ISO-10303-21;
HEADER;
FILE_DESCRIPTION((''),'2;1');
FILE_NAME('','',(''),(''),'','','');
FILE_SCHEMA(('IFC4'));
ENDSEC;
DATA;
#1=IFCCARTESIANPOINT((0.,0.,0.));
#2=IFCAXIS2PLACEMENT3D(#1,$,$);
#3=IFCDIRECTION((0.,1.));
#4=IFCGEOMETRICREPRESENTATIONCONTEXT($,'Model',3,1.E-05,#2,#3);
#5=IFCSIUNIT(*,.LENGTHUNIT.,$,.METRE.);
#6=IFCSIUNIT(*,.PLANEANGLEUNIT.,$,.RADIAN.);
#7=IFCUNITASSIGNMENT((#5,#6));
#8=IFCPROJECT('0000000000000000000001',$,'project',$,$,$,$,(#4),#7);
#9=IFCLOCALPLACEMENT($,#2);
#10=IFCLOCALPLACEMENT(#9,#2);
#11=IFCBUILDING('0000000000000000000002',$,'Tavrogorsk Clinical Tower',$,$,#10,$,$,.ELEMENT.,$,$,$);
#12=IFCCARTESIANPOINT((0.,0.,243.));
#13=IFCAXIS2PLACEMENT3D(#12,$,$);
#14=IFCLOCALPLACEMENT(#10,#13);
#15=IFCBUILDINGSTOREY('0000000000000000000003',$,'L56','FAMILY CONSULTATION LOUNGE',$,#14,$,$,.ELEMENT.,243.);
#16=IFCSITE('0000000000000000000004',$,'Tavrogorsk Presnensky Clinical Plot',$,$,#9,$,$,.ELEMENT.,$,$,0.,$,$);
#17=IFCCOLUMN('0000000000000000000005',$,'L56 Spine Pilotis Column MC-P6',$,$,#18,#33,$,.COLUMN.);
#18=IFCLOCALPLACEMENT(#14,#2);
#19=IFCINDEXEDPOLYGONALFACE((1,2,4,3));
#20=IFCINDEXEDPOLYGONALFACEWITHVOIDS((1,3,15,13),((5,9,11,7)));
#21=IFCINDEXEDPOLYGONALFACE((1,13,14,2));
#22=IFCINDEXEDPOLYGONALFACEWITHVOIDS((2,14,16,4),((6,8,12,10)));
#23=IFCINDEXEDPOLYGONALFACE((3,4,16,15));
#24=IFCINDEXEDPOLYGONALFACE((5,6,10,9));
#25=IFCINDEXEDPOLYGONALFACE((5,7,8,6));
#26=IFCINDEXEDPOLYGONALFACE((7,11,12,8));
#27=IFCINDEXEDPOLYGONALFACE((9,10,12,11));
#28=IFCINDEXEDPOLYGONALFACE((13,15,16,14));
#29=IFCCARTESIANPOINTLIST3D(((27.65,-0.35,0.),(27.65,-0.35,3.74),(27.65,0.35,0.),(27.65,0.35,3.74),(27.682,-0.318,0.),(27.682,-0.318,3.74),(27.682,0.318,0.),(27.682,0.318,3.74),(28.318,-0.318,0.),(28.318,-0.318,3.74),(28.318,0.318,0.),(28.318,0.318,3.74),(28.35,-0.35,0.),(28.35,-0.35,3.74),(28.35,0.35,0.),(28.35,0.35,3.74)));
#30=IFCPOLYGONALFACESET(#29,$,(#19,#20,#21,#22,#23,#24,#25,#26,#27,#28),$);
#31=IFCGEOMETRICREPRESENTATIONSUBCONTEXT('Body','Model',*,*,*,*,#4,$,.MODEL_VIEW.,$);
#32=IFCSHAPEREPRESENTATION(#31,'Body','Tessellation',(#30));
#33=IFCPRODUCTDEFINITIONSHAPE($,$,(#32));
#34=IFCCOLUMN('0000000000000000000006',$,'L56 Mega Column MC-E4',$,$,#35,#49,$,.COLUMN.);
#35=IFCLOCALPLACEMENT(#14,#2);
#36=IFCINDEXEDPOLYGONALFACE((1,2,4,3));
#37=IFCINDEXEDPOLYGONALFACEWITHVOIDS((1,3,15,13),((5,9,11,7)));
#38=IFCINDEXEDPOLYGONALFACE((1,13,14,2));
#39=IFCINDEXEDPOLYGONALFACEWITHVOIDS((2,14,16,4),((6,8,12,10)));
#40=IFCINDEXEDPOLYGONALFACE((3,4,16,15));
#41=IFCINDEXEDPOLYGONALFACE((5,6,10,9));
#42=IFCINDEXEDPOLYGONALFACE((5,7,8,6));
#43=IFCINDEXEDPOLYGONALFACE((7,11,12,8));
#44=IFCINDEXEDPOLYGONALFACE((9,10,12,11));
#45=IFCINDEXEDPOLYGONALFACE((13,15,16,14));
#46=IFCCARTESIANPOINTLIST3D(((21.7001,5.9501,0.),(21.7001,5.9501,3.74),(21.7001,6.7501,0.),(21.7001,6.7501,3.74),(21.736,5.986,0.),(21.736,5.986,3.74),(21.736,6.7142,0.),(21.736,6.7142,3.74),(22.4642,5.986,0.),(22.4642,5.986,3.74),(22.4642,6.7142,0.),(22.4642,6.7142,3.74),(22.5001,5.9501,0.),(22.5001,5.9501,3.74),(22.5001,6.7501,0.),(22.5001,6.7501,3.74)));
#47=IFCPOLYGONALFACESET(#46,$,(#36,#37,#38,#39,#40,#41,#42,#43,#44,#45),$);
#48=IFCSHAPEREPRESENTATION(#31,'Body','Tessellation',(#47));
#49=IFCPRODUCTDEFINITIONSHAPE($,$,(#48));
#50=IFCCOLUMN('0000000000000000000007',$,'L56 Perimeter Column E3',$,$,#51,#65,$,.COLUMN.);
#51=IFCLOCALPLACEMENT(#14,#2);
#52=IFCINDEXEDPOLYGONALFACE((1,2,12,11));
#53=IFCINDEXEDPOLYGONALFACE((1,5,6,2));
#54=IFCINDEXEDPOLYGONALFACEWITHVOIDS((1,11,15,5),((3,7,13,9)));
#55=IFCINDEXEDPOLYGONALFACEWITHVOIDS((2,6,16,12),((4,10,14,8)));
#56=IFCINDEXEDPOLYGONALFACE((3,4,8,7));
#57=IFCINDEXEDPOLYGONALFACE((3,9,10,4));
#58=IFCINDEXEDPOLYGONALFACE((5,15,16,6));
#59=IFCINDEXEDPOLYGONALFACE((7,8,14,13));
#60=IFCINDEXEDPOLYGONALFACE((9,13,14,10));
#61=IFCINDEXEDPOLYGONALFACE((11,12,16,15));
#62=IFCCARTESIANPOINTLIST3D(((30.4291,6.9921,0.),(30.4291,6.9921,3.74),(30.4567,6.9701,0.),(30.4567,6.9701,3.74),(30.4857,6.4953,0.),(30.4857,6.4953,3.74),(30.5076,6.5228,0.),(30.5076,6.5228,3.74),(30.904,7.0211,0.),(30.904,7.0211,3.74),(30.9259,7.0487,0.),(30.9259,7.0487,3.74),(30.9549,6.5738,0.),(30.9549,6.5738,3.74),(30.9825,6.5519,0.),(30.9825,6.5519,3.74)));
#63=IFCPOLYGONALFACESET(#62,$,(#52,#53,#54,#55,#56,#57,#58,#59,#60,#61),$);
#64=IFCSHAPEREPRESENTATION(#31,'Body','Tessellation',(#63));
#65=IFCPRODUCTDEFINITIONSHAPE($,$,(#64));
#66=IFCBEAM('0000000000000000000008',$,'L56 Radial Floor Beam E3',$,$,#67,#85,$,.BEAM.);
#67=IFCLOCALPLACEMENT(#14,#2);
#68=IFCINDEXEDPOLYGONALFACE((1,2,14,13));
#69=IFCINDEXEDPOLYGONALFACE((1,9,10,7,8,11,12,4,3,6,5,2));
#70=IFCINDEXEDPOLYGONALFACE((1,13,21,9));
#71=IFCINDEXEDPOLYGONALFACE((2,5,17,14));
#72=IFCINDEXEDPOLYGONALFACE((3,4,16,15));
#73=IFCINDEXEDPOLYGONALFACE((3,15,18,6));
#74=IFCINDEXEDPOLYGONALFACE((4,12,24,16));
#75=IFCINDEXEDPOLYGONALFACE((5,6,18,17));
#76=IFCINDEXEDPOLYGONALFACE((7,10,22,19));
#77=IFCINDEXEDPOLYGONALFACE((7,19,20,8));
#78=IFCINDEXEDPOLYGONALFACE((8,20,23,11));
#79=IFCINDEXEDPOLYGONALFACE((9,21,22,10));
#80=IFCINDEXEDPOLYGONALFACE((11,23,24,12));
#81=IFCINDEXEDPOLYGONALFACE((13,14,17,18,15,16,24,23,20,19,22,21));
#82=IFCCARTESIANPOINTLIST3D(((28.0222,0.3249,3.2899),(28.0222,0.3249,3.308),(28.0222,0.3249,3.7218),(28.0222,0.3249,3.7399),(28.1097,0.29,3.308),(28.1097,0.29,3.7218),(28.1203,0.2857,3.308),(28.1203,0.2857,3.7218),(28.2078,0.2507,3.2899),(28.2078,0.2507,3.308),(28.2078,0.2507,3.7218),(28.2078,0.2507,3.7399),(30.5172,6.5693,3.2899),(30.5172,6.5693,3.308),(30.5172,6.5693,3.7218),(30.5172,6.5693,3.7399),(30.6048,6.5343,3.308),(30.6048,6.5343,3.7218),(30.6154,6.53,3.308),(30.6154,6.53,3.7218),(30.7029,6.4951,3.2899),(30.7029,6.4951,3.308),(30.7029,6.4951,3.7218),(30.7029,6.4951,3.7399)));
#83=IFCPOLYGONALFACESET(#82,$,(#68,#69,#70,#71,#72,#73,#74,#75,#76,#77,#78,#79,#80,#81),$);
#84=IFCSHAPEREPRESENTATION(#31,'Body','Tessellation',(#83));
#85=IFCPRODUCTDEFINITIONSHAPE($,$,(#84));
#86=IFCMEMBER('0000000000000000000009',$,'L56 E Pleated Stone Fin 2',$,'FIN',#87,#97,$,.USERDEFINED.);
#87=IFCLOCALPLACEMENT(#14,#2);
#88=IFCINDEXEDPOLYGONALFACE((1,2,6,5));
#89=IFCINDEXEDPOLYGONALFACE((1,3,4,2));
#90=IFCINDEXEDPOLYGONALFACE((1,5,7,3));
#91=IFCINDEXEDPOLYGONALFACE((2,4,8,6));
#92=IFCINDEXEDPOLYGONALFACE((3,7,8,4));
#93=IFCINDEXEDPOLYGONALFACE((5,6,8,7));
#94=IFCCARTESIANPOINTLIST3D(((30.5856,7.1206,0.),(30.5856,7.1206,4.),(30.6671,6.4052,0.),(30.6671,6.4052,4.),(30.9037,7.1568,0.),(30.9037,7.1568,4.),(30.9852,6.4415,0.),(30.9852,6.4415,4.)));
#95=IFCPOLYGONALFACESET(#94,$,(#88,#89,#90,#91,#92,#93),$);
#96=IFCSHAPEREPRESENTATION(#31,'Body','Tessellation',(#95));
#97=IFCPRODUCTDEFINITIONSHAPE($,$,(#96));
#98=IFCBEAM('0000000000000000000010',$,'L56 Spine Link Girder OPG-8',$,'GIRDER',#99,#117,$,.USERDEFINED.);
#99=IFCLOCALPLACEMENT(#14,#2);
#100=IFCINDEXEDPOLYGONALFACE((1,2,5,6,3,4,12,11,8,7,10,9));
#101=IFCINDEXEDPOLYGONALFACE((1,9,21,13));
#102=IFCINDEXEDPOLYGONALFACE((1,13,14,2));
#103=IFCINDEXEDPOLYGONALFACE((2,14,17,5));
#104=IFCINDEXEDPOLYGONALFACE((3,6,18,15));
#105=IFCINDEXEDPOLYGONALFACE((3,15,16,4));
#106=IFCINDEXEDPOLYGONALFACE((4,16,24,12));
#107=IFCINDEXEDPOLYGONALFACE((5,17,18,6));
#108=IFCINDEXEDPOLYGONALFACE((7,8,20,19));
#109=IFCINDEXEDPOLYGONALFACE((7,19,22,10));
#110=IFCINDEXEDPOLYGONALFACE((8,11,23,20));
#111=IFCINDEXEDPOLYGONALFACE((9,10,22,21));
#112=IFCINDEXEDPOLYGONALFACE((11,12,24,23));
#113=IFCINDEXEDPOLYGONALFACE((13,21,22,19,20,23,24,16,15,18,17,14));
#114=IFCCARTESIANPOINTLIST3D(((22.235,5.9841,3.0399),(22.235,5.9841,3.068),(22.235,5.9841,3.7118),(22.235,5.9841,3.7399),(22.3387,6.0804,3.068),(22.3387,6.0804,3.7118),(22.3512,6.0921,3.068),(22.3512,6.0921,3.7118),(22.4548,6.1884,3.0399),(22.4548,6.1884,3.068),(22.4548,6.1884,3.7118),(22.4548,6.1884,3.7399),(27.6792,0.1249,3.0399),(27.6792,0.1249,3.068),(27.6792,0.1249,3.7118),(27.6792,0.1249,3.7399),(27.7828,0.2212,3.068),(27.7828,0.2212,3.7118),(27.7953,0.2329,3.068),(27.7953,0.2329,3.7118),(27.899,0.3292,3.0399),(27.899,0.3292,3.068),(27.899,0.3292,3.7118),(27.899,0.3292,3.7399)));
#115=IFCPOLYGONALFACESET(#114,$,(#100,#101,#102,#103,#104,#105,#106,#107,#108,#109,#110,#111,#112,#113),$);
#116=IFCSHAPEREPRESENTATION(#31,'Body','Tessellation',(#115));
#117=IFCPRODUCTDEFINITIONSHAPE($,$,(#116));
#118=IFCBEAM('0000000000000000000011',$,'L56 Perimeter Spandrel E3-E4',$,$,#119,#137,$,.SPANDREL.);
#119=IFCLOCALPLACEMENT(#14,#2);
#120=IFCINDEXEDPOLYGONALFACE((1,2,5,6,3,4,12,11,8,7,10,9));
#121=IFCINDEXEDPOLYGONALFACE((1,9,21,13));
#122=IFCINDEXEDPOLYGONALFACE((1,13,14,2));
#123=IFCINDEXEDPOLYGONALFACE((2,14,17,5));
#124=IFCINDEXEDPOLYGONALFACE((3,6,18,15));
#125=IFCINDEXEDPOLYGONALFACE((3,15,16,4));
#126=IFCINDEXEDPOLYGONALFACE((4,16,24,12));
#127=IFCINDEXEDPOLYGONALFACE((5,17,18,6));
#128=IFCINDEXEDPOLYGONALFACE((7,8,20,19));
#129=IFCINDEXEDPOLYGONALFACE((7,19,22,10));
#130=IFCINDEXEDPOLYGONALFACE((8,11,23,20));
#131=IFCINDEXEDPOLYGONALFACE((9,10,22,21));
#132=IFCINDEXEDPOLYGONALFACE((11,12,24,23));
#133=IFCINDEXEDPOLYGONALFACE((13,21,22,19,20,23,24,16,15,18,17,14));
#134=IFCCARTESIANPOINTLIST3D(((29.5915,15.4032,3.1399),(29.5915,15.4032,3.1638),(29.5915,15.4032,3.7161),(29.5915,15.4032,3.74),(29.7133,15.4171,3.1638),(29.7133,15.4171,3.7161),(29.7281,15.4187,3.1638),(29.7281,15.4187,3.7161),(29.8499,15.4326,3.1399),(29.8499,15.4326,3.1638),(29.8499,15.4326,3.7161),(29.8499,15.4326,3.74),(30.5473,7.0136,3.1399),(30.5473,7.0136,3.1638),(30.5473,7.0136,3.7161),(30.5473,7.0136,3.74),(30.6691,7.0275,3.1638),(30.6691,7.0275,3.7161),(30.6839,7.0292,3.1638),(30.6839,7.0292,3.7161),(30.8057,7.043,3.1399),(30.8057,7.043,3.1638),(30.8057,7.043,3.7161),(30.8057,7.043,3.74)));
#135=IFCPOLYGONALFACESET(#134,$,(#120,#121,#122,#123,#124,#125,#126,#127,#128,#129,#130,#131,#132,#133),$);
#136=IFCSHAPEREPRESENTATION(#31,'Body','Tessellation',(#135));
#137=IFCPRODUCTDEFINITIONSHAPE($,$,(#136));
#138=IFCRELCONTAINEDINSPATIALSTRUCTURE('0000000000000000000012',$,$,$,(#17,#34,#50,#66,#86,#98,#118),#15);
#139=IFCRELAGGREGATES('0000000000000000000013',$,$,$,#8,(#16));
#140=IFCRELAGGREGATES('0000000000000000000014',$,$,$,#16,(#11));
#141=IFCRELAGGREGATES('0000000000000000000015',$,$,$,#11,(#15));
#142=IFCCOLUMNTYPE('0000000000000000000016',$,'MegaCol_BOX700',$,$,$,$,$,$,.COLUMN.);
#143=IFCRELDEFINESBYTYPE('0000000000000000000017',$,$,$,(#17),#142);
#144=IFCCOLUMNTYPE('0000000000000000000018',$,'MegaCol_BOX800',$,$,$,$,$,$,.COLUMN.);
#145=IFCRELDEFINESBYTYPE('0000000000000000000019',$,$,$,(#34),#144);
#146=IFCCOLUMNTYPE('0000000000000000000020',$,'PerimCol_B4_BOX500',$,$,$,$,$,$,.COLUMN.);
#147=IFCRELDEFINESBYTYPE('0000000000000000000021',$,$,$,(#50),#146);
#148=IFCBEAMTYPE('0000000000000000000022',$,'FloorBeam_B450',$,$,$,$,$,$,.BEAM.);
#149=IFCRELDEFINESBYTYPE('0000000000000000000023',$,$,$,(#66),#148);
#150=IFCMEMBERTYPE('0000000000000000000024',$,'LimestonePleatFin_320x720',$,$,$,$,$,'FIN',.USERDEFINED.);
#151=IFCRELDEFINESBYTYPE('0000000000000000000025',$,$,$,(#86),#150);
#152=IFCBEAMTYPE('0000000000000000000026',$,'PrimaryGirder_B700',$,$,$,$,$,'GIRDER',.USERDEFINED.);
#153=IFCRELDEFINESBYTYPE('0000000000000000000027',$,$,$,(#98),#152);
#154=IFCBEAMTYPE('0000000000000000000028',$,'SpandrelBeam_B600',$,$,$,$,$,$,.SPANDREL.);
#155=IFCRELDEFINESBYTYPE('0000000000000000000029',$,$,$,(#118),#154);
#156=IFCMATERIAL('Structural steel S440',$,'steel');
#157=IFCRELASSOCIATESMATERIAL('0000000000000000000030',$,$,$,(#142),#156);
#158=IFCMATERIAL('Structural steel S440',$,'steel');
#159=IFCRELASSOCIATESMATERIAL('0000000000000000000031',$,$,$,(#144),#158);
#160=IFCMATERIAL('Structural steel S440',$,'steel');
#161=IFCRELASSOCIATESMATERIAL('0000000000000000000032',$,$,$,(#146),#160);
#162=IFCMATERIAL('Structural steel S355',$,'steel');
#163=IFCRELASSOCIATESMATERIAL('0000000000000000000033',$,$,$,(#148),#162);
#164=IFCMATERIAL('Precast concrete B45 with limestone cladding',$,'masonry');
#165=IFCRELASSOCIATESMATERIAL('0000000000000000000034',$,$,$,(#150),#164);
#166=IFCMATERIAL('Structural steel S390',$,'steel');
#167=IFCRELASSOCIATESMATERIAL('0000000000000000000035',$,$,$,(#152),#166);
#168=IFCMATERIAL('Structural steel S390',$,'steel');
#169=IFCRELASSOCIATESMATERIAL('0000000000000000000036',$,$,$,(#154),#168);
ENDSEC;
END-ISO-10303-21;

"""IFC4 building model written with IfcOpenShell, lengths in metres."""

from ifc_helpers import new_model, si_unit, direction, frame, origin, origin_2d, place, context, subcontext, project, spatial, rectangle, hollow_rectangle, i_section, extrude, material, material_profile, profile_set, type_object, element, save


model = new_model("IFC4")

# Units and contexts
model_context = context("Model", 3, precision=1e-05, world=origin(), true_north=direction((0.0, 1.0)))
body_context = subcontext(model_context, "Body", "Model", "MODEL_VIEW")
ifc_project = project(units=[si_unit("LENGTHUNIT", "METRE"), si_unit("PLANEANGLEUNIT", "RADIAN")], contexts=[model_context])

# Site, building, storey
site_placement = place(None, origin())
site = spatial("IfcSite", under=ifc_project, at=site_placement, Name="Tavrogorsk Presnensky Clinical Plot", CompositionType="ELEMENT", RefElevation=0.0)
building_placement = place(site_placement, origin())
building = spatial("IfcBuilding", under=site, at=building_placement, Name="Tavrogorsk Clinical Tower", CompositionType="ELEMENT")
storey_placement = place(building_placement, frame((0.0, 0.0, 243.0)))
storey = spatial("IfcBuildingStorey", under=building, at=storey_placement, Name="L56", Description="FAMILY CONSULTATION LOUNGE", CompositionType="ELEMENT", Elevation=243.0)

# Columns
ifc_material_1 = material(Name="Structural steel S440", Category="steel")
ifc_material_profile_1 = material_profile(ifc_material_1, hollow_rectangle(XDim=0.7, YDim=0.7, WallThickness=0.032, at=origin_2d()), Name="BOX-700x700x32")
ifc_profile_set_1 = profile_set([ifc_material_profile_1], Name="Structural steel S440")
column_type_1 = type_object("IfcColumnType", Name="MegaCol_BOX700", PredefinedType="COLUMN", material=ifc_profile_set_1)
column_1_placement = place(storey_placement, frame((28.0, 0.0, 0.0), z_axis=(0.0, 0.0, 1.0), x_axis=(1.0, 0.0, 0.0)))
element("IfcColumn", 1, at=column_1_placement, inside=storey, type_object=column_type_1, Name="L56 Spine Pilotis Column MC-P6", PredefinedType="COLUMN", context=body_context, shape_type="SweptSolid", body=[
    extrude(hollow_rectangle(XDim=0.7, YDim=0.7, WallThickness=0.032, at=origin_2d()), origin(), (0.0, 0.0, 1.0), 3.74),
])
ifc_material_2 = material(Name="Structural steel S440", Category="steel")
ifc_material_profile_2 = material_profile(ifc_material_2, hollow_rectangle(XDim=0.8, YDim=0.8, WallThickness=0.0359, at=origin_2d()), Name="BOX-800x800x36")
ifc_profile_set_2 = profile_set([ifc_material_profile_2], Name="Structural steel S440")
column_type_2 = type_object("IfcColumnType", Name="MegaCol_BOX800", PredefinedType="COLUMN", material=ifc_profile_set_2)
column_2_placement = place(storey_placement, frame((22.1001, 6.3501, 0.0), z_axis=(0.0, 0.0, 1.0), x_axis=(1.0, 0.0, 0.0)))
element("IfcColumn", 2, at=column_2_placement, inside=storey, type_object=column_type_2, Name="L56 Mega Column MC-E4", PredefinedType="COLUMN", context=body_context, shape_type="SweptSolid", body=[
    extrude(hollow_rectangle(XDim=0.8, YDim=0.8, WallThickness=0.0359, at=origin_2d()), origin(), (0.0, 0.0, 1.0), 3.74),
])
ifc_material_3 = material(Name="Structural steel S440", Category="steel")
ifc_material_profile_3 = material_profile(ifc_material_3, hollow_rectangle(XDim=0.5, YDim=0.5, WallThickness=0.0249, at=origin_2d()), Name="BOX-500x500x25")
ifc_profile_set_3 = profile_set([ifc_material_profile_3], Name="Structural steel S440")
column_type_3 = type_object("IfcColumnType", Name="PerimCol_B4_BOX500", PredefinedType="COLUMN", material=ifc_profile_set_3)
column_3_placement = place(storey_placement, frame((30.7058, 6.772, 0.0), z_axis=(0.0, 0.0, 1.0), x_axis=(0.993572, 0.113203, 0.0)))
element("IfcColumn", 3, at=column_3_placement, inside=storey, type_object=column_type_3, Name="L56 Perimeter Column E3", PredefinedType="COLUMN", context=body_context, shape_type="SweptSolid", body=[
    extrude(hollow_rectangle(XDim=0.5, YDim=0.5, WallThickness=0.0249, at=origin_2d()), origin(), (0.0, 0.0, 1.0), 3.74),
])

# Beam
ifc_material_4 = material(Name="Structural steel S355", Category="steel")
ifc_material_profile_4 = material_profile(ifc_material_4, i_section(OverallWidth=0.2, OverallDepth=0.45, WebThickness=0.0115, FlangeThickness=0.0181, at=origin_2d()), Name="B-450x200x11.5x18")
ifc_profile_set_4 = profile_set([ifc_material_profile_4], Name="Structural steel S355")
beam_type_1 = type_object("IfcBeamType", Name="FloorBeam_B450", PredefinedType="BEAM", material=ifc_profile_set_4)
beam_1_placement = place(storey_placement, frame((28.115, 0.2878, 3.5149), z_axis=(0.371053, 0.928612, 0.0), x_axis=(-0.928612, 0.371053, 0.0)))
element("IfcBeam", 4, at=beam_1_placement, inside=storey, type_object=beam_type_1, Name="L56 Radial Floor Beam E3", PredefinedType="BEAM", context=body_context, shape_type="SweptSolid", body=[
    extrude(i_section(OverallWidth=0.2, OverallDepth=0.45, WebThickness=0.0115, FlangeThickness=0.0181, at=origin_2d()), origin(), (0.0, 0.0, 1.0), 6.7244),
])

# Member
ifc_material_5 = material(Name="Precast concrete B45 with limestone cladding", Category="masonry")
ifc_material_profile_5 = material_profile(ifc_material_5, rectangle(XDim=0.3201, YDim=0.72, at=origin_2d()), Name="LIMESTONE-FIN-320x720")
ifc_profile_set_5 = profile_set([ifc_material_profile_5], Name="Precast concrete B45 with limestone cladding")
member_type = type_object("IfcMemberType", Name="LimestonePleatFin_320x720", ElementType="FIN", PredefinedType="USERDEFINED", material=ifc_profile_set_5)
member_placement = place(storey_placement, frame((30.7854, 6.781, 0.0), z_axis=(0.0, 0.0, 1.0), x_axis=(0.993572, 0.113203, 0.0)))
element("IfcMember", 5, at=member_placement, inside=storey, type_object=member_type, Name="L56 E Pleated Stone Fin 2", ObjectType="FIN", PredefinedType="USERDEFINED", context=body_context, shape_type="SweptSolid", body=[
    extrude(rectangle(XDim=0.3201, YDim=0.72, at=origin_2d()), origin(), (0.0, 0.0, 1.0), 4.0),
])

# Beams
ifc_material_6 = material(Name="Structural steel S390", Category="steel")
ifc_material_profile_6 = material_profile(ifc_material_6, i_section(OverallWidth=0.3, OverallDepth=0.7, WebThickness=0.0171, FlangeThickness=0.0281, at=origin_2d()), Name="B-700x300x17x28")
ifc_profile_set_6 = profile_set([ifc_material_profile_6], Name="Structural steel S390")
beam_type_2 = type_object("IfcBeamType", Name="PrimaryGirder_B700", ElementType="GIRDER", PredefinedType="USERDEFINED", material=ifc_profile_set_6)
beam_2_placement = place(storey_placement, frame((27.7891, 0.2271, 3.3899), z_axis=(-0.680684, 0.732577, 0.0), x_axis=(-0.732577, -0.680684, 0.0)))
element("IfcBeam", 6, at=beam_2_placement, inside=storey, type_object=beam_type_2, Name="L56 Spine Link Girder OPG-8", ObjectType="GIRDER", PredefinedType="USERDEFINED", context=body_context, shape_type="SweptSolid", body=[
    extrude(i_section(OverallWidth=0.3, OverallDepth=0.7, WebThickness=0.0171, FlangeThickness=0.0281, at=origin_2d()), origin(), (0.0, 0.0, 1.0), 7.998),
])
ifc_material_7 = material(Name="Structural steel S390", Category="steel")
ifc_material_profile_7 = material_profile(ifc_material_7, i_section(OverallWidth=0.26, OverallDepth=0.6001, WebThickness=0.0149, FlangeThickness=0.0239, at=origin_2d()), Name="B-600x260x15x24")
ifc_profile_set_7 = profile_set([ifc_material_profile_7], Name="Structural steel S390")
beam_type_3 = type_object("IfcBeamType", Name="SpandrelBeam_B600", PredefinedType="SPANDREL", material=ifc_profile_set_7)
beam_3_placement = place(storey_placement, frame((30.6765, 7.0283, 3.4399), z_axis=(-0.113195, 0.993573, 0.0), x_axis=(-0.993573, -0.113195, 0.0)))
element("IfcBeam", 7, at=beam_3_placement, inside=storey, type_object=beam_type_3, Name="L56 Perimeter Spandrel E3-E4", PredefinedType="SPANDREL", context=body_context, shape_type="SweptSolid", body=[
    extrude(i_section(OverallWidth=0.26, OverallDepth=0.6001, WebThickness=0.0149, FlangeThickness=0.0239, at=origin_2d()), origin(), (0.0, 0.0, 1.0), 8.4438),
])

save(model, "model.ifc")
